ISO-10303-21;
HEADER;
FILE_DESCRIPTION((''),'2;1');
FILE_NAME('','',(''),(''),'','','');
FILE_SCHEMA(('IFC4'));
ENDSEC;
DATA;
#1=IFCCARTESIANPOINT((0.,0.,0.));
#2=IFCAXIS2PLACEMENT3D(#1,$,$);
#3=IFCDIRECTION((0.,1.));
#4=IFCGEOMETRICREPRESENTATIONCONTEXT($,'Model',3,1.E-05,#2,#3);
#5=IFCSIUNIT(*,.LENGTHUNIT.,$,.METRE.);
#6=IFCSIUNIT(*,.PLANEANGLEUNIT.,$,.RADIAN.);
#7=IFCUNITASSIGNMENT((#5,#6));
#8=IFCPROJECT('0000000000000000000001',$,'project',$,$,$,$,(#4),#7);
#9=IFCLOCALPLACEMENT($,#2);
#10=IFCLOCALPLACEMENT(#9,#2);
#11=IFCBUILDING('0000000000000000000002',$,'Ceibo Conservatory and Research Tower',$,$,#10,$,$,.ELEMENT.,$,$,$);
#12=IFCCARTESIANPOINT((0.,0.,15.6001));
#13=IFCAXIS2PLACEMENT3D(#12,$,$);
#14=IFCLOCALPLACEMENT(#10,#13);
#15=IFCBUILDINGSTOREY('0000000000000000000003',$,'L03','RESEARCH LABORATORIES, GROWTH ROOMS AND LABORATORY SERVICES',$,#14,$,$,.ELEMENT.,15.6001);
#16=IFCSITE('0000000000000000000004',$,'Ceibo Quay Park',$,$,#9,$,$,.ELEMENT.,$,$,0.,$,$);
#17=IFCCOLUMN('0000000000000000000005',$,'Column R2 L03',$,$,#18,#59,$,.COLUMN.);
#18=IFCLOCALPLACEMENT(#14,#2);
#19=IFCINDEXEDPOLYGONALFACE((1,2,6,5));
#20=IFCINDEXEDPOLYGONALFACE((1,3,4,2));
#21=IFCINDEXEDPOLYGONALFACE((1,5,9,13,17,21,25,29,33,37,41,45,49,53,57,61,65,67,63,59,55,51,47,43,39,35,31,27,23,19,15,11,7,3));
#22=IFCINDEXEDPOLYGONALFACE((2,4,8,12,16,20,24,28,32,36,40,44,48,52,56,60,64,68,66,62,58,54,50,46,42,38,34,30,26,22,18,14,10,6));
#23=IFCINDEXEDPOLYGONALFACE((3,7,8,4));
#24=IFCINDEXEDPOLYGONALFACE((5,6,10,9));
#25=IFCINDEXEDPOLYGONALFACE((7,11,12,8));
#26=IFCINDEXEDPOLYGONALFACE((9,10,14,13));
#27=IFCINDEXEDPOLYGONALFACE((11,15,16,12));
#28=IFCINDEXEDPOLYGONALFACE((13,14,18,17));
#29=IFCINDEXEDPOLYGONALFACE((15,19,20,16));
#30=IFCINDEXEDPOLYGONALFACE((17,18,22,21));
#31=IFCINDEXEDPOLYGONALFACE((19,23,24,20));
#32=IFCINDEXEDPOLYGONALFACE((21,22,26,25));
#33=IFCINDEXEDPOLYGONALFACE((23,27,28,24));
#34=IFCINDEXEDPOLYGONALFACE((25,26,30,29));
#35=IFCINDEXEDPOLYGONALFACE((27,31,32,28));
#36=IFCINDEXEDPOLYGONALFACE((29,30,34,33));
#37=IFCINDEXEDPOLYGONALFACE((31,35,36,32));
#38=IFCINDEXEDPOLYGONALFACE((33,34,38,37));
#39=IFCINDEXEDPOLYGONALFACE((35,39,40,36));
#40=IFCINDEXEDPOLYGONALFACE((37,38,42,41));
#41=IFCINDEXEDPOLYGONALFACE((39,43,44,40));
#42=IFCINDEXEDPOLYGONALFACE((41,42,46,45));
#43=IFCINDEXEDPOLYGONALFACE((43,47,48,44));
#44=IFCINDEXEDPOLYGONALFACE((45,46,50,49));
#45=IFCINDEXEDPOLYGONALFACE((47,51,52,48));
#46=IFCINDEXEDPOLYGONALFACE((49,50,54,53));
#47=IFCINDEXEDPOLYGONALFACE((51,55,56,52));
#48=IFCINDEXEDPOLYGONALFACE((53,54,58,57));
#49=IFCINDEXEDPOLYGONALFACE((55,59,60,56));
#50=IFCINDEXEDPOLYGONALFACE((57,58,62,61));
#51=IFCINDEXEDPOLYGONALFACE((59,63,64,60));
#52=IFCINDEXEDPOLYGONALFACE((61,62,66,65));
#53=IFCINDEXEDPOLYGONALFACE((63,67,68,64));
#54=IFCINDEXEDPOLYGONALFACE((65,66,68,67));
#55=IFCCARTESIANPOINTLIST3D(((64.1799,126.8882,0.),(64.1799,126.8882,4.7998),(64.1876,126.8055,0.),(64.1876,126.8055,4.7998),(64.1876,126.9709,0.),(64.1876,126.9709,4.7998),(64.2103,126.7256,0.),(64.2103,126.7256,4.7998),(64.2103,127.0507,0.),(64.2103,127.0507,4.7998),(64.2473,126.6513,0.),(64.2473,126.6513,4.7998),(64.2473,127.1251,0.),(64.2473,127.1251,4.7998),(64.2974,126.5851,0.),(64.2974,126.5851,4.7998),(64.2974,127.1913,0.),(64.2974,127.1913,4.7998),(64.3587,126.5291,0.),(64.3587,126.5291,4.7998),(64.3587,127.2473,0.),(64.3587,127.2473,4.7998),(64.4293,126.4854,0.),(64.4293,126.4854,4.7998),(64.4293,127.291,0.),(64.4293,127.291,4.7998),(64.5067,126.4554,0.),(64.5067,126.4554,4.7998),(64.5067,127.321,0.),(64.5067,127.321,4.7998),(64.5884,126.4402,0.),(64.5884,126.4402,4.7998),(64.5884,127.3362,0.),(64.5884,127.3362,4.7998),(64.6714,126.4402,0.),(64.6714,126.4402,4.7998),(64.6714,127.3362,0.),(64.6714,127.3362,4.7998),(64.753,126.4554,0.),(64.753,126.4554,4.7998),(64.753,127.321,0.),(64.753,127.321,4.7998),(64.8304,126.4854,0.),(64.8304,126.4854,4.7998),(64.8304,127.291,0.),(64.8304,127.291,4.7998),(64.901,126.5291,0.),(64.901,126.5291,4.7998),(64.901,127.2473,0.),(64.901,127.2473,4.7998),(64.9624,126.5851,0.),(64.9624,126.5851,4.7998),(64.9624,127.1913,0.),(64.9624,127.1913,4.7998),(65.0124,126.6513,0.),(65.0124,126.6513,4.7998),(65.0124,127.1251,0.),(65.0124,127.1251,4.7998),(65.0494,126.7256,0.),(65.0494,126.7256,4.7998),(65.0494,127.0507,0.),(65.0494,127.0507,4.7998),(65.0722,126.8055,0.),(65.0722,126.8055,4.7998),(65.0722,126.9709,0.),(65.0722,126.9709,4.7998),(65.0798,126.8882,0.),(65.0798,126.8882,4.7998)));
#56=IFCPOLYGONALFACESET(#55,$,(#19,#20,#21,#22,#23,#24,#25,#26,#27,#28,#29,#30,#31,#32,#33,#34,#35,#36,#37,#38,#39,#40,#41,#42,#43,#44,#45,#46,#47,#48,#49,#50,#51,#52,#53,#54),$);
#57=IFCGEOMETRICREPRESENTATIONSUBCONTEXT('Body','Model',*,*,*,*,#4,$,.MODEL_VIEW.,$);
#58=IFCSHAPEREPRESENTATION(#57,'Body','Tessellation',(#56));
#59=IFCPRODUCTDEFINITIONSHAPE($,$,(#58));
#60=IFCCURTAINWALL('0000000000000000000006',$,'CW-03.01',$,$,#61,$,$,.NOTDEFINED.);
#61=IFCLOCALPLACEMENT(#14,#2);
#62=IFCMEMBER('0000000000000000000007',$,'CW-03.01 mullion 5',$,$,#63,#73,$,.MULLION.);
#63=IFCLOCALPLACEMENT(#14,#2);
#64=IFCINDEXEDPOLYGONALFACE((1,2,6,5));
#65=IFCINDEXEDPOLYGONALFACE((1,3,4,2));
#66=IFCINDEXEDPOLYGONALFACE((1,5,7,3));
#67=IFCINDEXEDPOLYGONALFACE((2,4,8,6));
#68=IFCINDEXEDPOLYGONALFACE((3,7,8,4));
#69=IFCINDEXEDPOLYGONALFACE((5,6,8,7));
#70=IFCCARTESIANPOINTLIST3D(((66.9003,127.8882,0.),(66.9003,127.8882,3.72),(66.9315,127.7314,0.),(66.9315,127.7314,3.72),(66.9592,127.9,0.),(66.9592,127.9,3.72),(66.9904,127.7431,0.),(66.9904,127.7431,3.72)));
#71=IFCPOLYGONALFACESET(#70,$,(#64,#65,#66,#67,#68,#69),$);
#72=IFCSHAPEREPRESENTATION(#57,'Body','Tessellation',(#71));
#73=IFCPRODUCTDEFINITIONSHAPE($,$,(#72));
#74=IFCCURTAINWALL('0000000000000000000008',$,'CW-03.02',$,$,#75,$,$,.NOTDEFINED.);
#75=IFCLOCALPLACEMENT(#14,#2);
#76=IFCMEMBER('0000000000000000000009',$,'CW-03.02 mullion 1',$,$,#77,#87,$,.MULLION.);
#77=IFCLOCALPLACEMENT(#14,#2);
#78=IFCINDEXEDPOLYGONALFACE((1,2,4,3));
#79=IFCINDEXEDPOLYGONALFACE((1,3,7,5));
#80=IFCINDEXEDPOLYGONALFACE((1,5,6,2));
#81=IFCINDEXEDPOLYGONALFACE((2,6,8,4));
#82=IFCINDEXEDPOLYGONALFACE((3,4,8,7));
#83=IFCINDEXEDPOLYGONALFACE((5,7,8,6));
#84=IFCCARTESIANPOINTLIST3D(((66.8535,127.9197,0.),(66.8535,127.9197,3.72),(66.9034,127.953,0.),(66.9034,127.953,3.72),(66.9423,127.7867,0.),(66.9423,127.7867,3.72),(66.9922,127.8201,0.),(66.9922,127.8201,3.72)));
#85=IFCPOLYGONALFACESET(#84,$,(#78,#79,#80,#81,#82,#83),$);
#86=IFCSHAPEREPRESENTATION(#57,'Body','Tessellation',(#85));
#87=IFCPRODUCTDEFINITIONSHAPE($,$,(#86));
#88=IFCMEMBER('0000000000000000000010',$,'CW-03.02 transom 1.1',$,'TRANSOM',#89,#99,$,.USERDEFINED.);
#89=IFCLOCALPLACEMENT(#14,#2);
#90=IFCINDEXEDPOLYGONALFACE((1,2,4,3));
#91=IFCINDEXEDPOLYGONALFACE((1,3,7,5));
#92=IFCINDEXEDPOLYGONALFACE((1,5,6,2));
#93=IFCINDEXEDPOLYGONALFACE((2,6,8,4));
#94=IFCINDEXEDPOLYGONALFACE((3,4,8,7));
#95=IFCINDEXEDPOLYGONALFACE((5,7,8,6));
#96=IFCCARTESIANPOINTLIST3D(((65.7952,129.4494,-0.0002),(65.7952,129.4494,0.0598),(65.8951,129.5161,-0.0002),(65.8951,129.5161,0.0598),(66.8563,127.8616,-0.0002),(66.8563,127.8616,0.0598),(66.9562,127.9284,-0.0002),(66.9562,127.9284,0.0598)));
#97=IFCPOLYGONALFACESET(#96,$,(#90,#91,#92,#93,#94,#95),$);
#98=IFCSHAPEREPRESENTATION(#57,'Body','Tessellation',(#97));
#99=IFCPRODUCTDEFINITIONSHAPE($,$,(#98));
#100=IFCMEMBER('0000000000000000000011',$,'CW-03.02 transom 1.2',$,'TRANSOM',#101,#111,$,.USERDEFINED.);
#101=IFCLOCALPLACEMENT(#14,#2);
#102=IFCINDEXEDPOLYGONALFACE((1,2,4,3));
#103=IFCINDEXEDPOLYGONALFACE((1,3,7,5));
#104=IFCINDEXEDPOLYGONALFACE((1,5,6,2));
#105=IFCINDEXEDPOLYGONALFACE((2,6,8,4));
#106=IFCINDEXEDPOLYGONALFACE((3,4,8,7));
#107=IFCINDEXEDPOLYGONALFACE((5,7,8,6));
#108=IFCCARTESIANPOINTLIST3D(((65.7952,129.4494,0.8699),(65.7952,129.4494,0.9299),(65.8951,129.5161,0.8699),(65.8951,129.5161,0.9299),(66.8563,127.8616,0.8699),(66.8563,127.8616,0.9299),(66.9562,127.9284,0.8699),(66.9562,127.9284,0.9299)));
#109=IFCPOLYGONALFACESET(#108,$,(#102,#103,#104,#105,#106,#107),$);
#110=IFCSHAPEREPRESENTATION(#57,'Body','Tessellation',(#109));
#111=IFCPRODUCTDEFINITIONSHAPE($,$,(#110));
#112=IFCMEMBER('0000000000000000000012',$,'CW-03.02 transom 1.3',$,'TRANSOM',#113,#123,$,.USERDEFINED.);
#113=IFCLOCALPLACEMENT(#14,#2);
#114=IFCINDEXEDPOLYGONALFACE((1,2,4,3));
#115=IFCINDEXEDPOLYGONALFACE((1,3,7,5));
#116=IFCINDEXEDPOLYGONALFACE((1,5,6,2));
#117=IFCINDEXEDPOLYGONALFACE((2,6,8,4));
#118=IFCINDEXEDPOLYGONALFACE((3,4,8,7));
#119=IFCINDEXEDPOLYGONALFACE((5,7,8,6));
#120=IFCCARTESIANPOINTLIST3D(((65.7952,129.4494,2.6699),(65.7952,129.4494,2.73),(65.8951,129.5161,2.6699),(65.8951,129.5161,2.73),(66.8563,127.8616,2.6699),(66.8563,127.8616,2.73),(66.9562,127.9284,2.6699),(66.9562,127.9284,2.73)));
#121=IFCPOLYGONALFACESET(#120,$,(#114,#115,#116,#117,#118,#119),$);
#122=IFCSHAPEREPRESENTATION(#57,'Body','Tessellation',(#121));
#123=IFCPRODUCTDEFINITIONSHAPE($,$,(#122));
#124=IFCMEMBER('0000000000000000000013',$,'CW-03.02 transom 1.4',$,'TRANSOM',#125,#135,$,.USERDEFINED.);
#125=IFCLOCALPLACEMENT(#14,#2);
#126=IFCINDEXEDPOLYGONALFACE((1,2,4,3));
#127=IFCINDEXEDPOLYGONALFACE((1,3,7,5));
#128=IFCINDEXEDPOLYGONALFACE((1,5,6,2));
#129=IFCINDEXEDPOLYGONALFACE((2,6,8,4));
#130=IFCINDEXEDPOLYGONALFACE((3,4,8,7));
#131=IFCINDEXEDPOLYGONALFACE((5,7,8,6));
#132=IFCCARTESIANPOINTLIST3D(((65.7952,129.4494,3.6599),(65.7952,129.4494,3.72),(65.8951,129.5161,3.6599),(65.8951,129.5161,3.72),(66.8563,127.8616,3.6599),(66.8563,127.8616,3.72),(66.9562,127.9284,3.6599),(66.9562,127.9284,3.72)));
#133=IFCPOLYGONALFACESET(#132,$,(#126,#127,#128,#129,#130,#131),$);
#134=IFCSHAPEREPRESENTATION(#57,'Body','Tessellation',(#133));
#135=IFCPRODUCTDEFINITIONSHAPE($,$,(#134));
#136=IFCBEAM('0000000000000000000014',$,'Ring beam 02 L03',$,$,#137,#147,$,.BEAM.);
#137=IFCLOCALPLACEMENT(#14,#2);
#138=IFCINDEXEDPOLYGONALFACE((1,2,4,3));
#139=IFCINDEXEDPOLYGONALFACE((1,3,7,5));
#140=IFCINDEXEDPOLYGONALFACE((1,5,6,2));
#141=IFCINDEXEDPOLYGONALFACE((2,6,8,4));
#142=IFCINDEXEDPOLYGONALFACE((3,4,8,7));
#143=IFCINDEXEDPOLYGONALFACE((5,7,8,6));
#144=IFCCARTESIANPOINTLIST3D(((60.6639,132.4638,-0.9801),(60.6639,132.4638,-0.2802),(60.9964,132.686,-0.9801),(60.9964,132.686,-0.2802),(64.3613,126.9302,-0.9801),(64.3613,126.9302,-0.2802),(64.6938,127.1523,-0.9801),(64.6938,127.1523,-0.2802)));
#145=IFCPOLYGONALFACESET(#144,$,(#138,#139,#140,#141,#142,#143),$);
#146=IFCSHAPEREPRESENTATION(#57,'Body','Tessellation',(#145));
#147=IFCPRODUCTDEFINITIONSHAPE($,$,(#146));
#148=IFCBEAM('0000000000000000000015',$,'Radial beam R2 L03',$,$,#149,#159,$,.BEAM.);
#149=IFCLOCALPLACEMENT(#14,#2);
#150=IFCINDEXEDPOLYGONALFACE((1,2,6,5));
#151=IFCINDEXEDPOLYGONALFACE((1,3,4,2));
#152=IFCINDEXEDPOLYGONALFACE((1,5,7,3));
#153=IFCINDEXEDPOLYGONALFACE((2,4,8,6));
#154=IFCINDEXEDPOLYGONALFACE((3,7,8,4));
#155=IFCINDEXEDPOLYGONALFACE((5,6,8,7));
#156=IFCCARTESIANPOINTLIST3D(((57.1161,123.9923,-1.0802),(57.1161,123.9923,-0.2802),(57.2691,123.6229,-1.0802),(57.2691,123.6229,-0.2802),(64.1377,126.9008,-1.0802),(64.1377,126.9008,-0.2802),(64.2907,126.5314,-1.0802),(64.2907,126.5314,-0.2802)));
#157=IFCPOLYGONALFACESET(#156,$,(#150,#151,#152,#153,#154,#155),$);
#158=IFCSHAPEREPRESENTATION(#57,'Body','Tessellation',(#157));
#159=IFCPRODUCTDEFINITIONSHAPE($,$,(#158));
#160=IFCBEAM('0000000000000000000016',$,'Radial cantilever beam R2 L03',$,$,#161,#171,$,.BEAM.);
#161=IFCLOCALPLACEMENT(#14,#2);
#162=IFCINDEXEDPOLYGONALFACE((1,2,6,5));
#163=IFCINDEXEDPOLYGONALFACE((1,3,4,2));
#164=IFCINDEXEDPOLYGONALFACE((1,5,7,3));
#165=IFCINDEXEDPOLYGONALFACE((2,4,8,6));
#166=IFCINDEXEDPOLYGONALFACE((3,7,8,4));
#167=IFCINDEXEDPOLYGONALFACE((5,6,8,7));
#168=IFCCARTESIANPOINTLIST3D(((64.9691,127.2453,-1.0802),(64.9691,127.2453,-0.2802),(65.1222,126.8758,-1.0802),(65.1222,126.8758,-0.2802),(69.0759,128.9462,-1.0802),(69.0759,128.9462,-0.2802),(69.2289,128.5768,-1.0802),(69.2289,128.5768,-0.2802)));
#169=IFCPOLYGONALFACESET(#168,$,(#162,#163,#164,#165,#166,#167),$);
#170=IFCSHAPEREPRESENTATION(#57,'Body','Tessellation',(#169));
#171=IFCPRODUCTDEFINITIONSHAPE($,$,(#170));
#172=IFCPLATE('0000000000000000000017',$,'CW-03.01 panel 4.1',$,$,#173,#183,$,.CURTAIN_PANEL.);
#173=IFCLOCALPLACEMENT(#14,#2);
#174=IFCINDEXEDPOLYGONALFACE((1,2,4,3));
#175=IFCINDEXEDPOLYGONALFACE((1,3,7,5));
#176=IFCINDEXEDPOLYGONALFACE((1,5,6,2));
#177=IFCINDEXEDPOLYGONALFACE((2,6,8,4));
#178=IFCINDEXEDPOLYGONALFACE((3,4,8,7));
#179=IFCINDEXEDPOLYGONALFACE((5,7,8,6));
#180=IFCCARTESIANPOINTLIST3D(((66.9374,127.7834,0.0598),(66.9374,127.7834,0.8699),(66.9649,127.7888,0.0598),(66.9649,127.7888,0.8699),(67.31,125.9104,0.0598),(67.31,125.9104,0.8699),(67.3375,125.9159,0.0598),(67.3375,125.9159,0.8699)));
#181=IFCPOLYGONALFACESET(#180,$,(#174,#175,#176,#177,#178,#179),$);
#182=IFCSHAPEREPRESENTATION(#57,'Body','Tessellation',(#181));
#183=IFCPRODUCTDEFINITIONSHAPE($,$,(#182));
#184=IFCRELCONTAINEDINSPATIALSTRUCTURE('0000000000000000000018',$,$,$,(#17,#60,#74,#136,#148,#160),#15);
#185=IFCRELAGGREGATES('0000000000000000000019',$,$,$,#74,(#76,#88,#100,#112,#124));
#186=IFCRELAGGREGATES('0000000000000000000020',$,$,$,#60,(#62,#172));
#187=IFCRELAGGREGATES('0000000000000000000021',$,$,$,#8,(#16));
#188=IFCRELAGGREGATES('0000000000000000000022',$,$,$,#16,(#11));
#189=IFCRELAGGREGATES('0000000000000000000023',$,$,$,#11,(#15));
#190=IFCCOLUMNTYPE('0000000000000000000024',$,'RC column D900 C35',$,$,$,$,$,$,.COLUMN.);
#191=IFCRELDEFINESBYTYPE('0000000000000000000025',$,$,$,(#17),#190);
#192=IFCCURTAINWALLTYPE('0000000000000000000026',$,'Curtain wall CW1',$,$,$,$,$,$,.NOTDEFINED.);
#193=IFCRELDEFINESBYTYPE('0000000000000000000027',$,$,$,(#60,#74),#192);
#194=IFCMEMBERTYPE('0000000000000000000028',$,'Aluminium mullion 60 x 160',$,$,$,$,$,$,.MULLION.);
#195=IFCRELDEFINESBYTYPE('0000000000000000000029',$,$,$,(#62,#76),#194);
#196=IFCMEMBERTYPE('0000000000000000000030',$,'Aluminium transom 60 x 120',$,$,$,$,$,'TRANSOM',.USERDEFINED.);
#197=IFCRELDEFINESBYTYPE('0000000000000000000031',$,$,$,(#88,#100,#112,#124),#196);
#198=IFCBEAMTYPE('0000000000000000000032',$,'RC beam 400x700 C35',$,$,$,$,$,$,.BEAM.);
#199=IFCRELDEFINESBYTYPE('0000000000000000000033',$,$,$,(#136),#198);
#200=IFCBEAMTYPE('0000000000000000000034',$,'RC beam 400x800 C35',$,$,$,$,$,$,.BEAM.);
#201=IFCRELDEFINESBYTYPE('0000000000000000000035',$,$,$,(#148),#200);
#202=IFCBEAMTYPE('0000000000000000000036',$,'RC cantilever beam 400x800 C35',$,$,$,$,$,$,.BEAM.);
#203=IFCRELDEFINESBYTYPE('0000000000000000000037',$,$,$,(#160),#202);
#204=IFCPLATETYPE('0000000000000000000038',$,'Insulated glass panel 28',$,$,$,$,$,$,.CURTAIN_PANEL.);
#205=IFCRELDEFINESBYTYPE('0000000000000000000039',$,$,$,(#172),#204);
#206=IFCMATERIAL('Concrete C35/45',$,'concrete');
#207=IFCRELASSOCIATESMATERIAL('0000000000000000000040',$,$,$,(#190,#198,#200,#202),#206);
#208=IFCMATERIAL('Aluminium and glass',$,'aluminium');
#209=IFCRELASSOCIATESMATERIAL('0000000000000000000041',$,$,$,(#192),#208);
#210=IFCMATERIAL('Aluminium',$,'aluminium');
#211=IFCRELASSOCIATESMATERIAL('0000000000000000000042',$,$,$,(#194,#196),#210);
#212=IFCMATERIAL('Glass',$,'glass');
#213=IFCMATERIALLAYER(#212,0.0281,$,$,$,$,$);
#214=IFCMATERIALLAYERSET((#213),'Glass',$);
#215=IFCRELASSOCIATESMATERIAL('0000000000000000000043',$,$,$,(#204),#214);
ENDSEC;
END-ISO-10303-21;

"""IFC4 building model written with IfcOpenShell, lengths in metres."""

from ifc_helpers import new_model, si_unit, direction, frame, origin, origin_2d, place, context, subcontext, project, spatial, rectangle, circle, extrude, material, layer, layer_set, material_profile, profile_set, type_object, element, aggregate, save


model = new_model("IFC4")

# Units and contexts
model_context = context("Model", 3, precision=1e-05, world=origin(), true_north=direction((0.0, 1.0)))
body_context = subcontext(model_context, "Body", "Model", "MODEL_VIEW")
ifc_project = project(units=[si_unit("LENGTHUNIT", "METRE"), si_unit("PLANEANGLEUNIT", "RADIAN")], contexts=[model_context])

# Site, building, storey
site_placement = place(None, origin())
site = spatial("IfcSite", under=ifc_project, at=site_placement, Name="Ceibo Quay Park", CompositionType="ELEMENT", RefElevation=0.0)
building_placement = place(site_placement, origin())
building = spatial("IfcBuilding", under=site, at=building_placement, Name="Ceibo Conservatory and Research Tower", CompositionType="ELEMENT")
storey_placement = place(building_placement, frame((0.0, 0.0, 15.6001)))
storey = spatial("IfcBuildingStorey", under=building, at=storey_placement, Name="L03", Description="RESEARCH LABORATORIES, GROWTH ROOMS AND LABORATORY SERVICES", CompositionType="ELEMENT", Elevation=15.6001)

# Column
ifc_material_1 = material(Name="Concrete C35/45", Category="concrete")
ifc_material_profile_1 = material_profile(ifc_material_1, circle(Radius=0.45, at=origin_2d()), Name="RC D900")
ifc_profile_set_1 = profile_set([ifc_material_profile_1], Name="Concrete C35/45")
column_type = type_object("IfcColumnType", Name="RC column D900 C35", PredefinedType="COLUMN", material=ifc_profile_set_1)
column_placement = place(storey_placement, frame((64.6299, 126.8882, 0.0), z_axis=(0.0, 0.0, 1.0), x_axis=(1.0, 0.0, 0.0)))
element("IfcColumn", 1, at=column_placement, inside=storey, type_object=column_type, Name="Column R2 L03", PredefinedType="COLUMN", context=body_context, shape_type="SweptSolid", body=[
    extrude(circle(Radius=0.45, at=origin_2d()), origin(), (0.0, 0.0, 1.0), 4.7998),
])

# Curtain wall, member
ifc_material_2 = material(Name="Aluminium and glass", Category="aluminium")
curtain_wall_type = type_object("IfcCurtainWallType", Name="Curtain wall CW1", PredefinedType="NOTDEFINED", material=ifc_material_2)
curtain_wall_1_placement = place(storey_placement, origin())
curtain_wall_1 = element("IfcCurtainWall", 2, at=curtain_wall_1_placement, inside=storey, type_object=curtain_wall_type, Name="CW-03.01", PredefinedType="NOTDEFINED")
ifc_material_3 = material(Name="Aluminium", Category="aluminium")
ifc_material_profile_2 = material_profile(ifc_material_3, rectangle(XDim=0.0601, YDim=0.1599, at=origin_2d()), Name="Aluminium 60 x 160")
ifc_profile_set_2 = profile_set([ifc_material_profile_2], Name="Aluminium")
member_type_1 = type_object("IfcMemberType", Name="Aluminium mullion 60 x 160", PredefinedType="MULLION", material=ifc_profile_set_2)
member_1_placement = place(storey_placement, frame((66.9453, 127.8157, 0.0), z_axis=(0.0, 0.0, 1.0), x_axis=(-0.980785, -0.19509, 0.0)))
member_1 = element("IfcMember", 3, at=member_1_placement, type_object=member_type_1, Name="CW-03.01 mullion 5", PredefinedType="MULLION", context=body_context, shape_type="SweptSolid", body=[
    extrude(rectangle(XDim=0.0601, YDim=0.1599, at=origin_2d()), origin(), (0.0, 0.0, 1.0), 3.72),
])

# Curtain wall, members
curtain_wall_2_placement = place(storey_placement, origin())
curtain_wall_2 = element("IfcCurtainWall", 4, at=curtain_wall_2_placement, inside=storey, type_object=curtain_wall_type, Name="CW-03.02", PredefinedType="NOTDEFINED")
member_2_placement = place(storey_placement, frame((66.9229, 127.8699, 0.0), z_axis=(0.0, 0.0, 1.0), x_axis=(-0.83147, -0.55557, 0.0)))
member_2 = element("IfcMember", 5, at=member_2_placement, type_object=member_type_1, Name="CW-03.02 mullion 1", PredefinedType="MULLION", context=body_context, shape_type="SweptSolid", body=[
    extrude(rectangle(XDim=0.0601, YDim=0.1599, at=origin_2d()), origin(), (0.0, 0.0, 1.0), 3.72),
])
ifc_material_profile_3 = material_profile(ifc_material_3, rectangle(XDim=0.1201, YDim=0.0601, at=origin_2d()), Name="Aluminium 60 x 120")
ifc_profile_set_3 = profile_set([ifc_material_profile_3], Name="Aluminium")
member_type_2 = type_object("IfcMemberType", Name="Aluminium transom 60 x 120", ElementType="TRANSOM", PredefinedType="USERDEFINED", material=ifc_profile_set_3)
member_3_placement = place(storey_placement, frame((66.9062, 127.895, 0.0298), z_axis=(-0.555644, 0.83142, 0.0), x_axis=(-0.83142, -0.555644, 0.0)))
member_3 = element("IfcMember", 6, at=member_3_placement, type_object=member_type_2, Name="CW-03.02 transom 1.1", ObjectType="TRANSOM", PredefinedType="USERDEFINED", context=body_context, shape_type="SweptSolid", body=[
    extrude(rectangle(XDim=0.1201, YDim=0.0601, at=origin_2d()), origin(), (0.0, 0.0, 1.0), 1.9097),
])
member_4_placement = place(storey_placement, frame((66.9062, 127.895, 0.8999), z_axis=(-0.555644, 0.83142, 0.0), x_axis=(-0.83142, -0.555644, 0.0)))
member_4 = element("IfcMember", 7, at=member_4_placement, type_object=member_type_2, Name="CW-03.02 transom 1.2", ObjectType="TRANSOM", PredefinedType="USERDEFINED", context=body_context, shape_type="SweptSolid", body=[
    extrude(rectangle(XDim=0.1201, YDim=0.0601, at=origin_2d()), origin(), (0.0, 0.0, 1.0), 1.9097),
])
member_5_placement = place(storey_placement, frame((66.9062, 127.895, 2.7), z_axis=(-0.555644, 0.83142, 0.0), x_axis=(-0.83142, -0.555644, 0.0)))
member_5 = element("IfcMember", 8, at=member_5_placement, type_object=member_type_2, Name="CW-03.02 transom 1.3", ObjectType="TRANSOM", PredefinedType="USERDEFINED", context=body_context, shape_type="SweptSolid", body=[
    extrude(rectangle(XDim=0.1201, YDim=0.0601, at=origin_2d()), origin(), (0.0, 0.0, 1.0), 1.9097),
])
member_6_placement = place(storey_placement, frame((66.9062, 127.895, 3.6899), z_axis=(-0.555644, 0.83142, 0.0), x_axis=(-0.83142, -0.555644, 0.0)))
member_6 = element("IfcMember", 9, at=member_6_placement, type_object=member_type_2, Name="CW-03.02 transom 1.4", ObjectType="TRANSOM", PredefinedType="USERDEFINED", context=body_context, shape_type="SweptSolid", body=[
    extrude(rectangle(XDim=0.1201, YDim=0.0601, at=origin_2d()), origin(), (0.0, 0.0, 1.0), 1.9097),
])
aggregate(curtain_wall_2, [member_2, member_3, member_4, member_5, member_6])

# Beams
ifc_material_profile_4 = material_profile(ifc_material_1, rectangle(XDim=0.3999, YDim=0.7, at=origin_2d()), Name="RC 400x700")
ifc_profile_set_4 = profile_set([ifc_material_profile_4], Name="Concrete C35/45")
beam_type_1 = type_object("IfcBeamType", Name="RC beam 400x700 C35", PredefinedType="BEAM", material=ifc_profile_set_4)
beam_1_placement = place(storey_placement, frame((64.5276, 127.0413, -0.6301), z_axis=(-0.555572, 0.831469, 0.0), x_axis=(-0.831469, -0.555572, 0.0)))
element("IfcBeam", 10, at=beam_1_placement, inside=storey, type_object=beam_type_1, Name="Ring beam 02 L03", PredefinedType="BEAM", context=body_context, shape_type="SweptSolid", body=[
    extrude(rectangle(XDim=0.3999, YDim=0.7, at=origin_2d()), origin(), (0.0, 0.0, 1.0), 6.6553),
])
ifc_material_profile_5 = material_profile(ifc_material_1, rectangle(XDim=0.3999, YDim=0.8, at=origin_2d()), Name="RC 400x800")
ifc_profile_set_5 = profile_set([ifc_material_profile_5], Name="Concrete C35/45")
beam_type_2 = type_object("IfcBeamType", Name="RC beam 400x800 C35", PredefinedType="BEAM", material=ifc_profile_set_5)
beam_2_placement = place(storey_placement, frame((57.1926, 123.8076, -0.6802), z_axis=(0.923877, 0.382689, 0.0), x_axis=(-0.382689, 0.923877, 0.0)))
element("IfcBeam", 11, at=beam_2_placement, inside=storey, type_object=beam_type_2, Name="Radial beam R2 L03", PredefinedType="BEAM", context=body_context, shape_type="SweptSolid", body=[
    extrude(rectangle(XDim=0.3999, YDim=0.8, at=origin_2d()), origin(), (0.0, 0.0, 1.0), 7.6001),
])
ifc_material_profile_6 = material_profile(ifc_material_1, rectangle(XDim=0.3999, YDim=0.8, at=origin_2d()), Name="RC 400x800")
ifc_profile_set_6 = profile_set([ifc_material_profile_6], Name="Concrete C35/45")
beam_type_3 = type_object("IfcBeamType", Name="RC cantilever beam 400x800 C35", PredefinedType="BEAM", material=ifc_profile_set_6)
beam_3_placement = place(storey_placement, frame((65.0457, 127.0605, -0.6802), z_axis=(0.923889, 0.382661, 0.0), x_axis=(-0.382661, 0.923889, 0.0)))
element("IfcBeam", 12, at=beam_3_placement, inside=storey, type_object=beam_type_3, Name="Radial cantilever beam R2 L03", PredefinedType="BEAM", context=body_context, shape_type="SweptSolid", body=[
    extrude(rectangle(XDim=0.3999, YDim=0.8, at=origin_2d()), origin(), (0.0, 0.0, 1.0), 4.4451),
])

# Plate
ifc_material_4 = material(Name="Glass", Category="glass")
ifc_layer_1 = layer(ifc_material_4, 0.0281)
ifc_layer_set_1 = layer_set([ifc_layer_1], Name="Glass")
plate_type = type_object("IfcPlateType", Name="Insulated glass panel 28", PredefinedType="CURTAIN_PANEL", material=ifc_layer_set_1)
plate_placement = place(storey_placement, frame((67.1375, 126.8496, 0.0598), z_axis=(0.0, 0.0, 1.0), x_axis=(-0.19509, 0.980785, 0.0)))
plate = element("IfcPlate", 13, at=plate_placement, type_object=plate_type, Name="CW-03.01 panel 4.1", PredefinedType="CURTAIN_PANEL", context=body_context, shape_type="SweptSolid", body=[
    extrude(rectangle(XDim=1.9097, YDim=0.0281, at=origin_2d()), origin(), (0.0, 0.0, 1.0), 0.8101),
])
aggregate(curtain_wall_1, [member_1, plate])

save(model, "model.ifc")
